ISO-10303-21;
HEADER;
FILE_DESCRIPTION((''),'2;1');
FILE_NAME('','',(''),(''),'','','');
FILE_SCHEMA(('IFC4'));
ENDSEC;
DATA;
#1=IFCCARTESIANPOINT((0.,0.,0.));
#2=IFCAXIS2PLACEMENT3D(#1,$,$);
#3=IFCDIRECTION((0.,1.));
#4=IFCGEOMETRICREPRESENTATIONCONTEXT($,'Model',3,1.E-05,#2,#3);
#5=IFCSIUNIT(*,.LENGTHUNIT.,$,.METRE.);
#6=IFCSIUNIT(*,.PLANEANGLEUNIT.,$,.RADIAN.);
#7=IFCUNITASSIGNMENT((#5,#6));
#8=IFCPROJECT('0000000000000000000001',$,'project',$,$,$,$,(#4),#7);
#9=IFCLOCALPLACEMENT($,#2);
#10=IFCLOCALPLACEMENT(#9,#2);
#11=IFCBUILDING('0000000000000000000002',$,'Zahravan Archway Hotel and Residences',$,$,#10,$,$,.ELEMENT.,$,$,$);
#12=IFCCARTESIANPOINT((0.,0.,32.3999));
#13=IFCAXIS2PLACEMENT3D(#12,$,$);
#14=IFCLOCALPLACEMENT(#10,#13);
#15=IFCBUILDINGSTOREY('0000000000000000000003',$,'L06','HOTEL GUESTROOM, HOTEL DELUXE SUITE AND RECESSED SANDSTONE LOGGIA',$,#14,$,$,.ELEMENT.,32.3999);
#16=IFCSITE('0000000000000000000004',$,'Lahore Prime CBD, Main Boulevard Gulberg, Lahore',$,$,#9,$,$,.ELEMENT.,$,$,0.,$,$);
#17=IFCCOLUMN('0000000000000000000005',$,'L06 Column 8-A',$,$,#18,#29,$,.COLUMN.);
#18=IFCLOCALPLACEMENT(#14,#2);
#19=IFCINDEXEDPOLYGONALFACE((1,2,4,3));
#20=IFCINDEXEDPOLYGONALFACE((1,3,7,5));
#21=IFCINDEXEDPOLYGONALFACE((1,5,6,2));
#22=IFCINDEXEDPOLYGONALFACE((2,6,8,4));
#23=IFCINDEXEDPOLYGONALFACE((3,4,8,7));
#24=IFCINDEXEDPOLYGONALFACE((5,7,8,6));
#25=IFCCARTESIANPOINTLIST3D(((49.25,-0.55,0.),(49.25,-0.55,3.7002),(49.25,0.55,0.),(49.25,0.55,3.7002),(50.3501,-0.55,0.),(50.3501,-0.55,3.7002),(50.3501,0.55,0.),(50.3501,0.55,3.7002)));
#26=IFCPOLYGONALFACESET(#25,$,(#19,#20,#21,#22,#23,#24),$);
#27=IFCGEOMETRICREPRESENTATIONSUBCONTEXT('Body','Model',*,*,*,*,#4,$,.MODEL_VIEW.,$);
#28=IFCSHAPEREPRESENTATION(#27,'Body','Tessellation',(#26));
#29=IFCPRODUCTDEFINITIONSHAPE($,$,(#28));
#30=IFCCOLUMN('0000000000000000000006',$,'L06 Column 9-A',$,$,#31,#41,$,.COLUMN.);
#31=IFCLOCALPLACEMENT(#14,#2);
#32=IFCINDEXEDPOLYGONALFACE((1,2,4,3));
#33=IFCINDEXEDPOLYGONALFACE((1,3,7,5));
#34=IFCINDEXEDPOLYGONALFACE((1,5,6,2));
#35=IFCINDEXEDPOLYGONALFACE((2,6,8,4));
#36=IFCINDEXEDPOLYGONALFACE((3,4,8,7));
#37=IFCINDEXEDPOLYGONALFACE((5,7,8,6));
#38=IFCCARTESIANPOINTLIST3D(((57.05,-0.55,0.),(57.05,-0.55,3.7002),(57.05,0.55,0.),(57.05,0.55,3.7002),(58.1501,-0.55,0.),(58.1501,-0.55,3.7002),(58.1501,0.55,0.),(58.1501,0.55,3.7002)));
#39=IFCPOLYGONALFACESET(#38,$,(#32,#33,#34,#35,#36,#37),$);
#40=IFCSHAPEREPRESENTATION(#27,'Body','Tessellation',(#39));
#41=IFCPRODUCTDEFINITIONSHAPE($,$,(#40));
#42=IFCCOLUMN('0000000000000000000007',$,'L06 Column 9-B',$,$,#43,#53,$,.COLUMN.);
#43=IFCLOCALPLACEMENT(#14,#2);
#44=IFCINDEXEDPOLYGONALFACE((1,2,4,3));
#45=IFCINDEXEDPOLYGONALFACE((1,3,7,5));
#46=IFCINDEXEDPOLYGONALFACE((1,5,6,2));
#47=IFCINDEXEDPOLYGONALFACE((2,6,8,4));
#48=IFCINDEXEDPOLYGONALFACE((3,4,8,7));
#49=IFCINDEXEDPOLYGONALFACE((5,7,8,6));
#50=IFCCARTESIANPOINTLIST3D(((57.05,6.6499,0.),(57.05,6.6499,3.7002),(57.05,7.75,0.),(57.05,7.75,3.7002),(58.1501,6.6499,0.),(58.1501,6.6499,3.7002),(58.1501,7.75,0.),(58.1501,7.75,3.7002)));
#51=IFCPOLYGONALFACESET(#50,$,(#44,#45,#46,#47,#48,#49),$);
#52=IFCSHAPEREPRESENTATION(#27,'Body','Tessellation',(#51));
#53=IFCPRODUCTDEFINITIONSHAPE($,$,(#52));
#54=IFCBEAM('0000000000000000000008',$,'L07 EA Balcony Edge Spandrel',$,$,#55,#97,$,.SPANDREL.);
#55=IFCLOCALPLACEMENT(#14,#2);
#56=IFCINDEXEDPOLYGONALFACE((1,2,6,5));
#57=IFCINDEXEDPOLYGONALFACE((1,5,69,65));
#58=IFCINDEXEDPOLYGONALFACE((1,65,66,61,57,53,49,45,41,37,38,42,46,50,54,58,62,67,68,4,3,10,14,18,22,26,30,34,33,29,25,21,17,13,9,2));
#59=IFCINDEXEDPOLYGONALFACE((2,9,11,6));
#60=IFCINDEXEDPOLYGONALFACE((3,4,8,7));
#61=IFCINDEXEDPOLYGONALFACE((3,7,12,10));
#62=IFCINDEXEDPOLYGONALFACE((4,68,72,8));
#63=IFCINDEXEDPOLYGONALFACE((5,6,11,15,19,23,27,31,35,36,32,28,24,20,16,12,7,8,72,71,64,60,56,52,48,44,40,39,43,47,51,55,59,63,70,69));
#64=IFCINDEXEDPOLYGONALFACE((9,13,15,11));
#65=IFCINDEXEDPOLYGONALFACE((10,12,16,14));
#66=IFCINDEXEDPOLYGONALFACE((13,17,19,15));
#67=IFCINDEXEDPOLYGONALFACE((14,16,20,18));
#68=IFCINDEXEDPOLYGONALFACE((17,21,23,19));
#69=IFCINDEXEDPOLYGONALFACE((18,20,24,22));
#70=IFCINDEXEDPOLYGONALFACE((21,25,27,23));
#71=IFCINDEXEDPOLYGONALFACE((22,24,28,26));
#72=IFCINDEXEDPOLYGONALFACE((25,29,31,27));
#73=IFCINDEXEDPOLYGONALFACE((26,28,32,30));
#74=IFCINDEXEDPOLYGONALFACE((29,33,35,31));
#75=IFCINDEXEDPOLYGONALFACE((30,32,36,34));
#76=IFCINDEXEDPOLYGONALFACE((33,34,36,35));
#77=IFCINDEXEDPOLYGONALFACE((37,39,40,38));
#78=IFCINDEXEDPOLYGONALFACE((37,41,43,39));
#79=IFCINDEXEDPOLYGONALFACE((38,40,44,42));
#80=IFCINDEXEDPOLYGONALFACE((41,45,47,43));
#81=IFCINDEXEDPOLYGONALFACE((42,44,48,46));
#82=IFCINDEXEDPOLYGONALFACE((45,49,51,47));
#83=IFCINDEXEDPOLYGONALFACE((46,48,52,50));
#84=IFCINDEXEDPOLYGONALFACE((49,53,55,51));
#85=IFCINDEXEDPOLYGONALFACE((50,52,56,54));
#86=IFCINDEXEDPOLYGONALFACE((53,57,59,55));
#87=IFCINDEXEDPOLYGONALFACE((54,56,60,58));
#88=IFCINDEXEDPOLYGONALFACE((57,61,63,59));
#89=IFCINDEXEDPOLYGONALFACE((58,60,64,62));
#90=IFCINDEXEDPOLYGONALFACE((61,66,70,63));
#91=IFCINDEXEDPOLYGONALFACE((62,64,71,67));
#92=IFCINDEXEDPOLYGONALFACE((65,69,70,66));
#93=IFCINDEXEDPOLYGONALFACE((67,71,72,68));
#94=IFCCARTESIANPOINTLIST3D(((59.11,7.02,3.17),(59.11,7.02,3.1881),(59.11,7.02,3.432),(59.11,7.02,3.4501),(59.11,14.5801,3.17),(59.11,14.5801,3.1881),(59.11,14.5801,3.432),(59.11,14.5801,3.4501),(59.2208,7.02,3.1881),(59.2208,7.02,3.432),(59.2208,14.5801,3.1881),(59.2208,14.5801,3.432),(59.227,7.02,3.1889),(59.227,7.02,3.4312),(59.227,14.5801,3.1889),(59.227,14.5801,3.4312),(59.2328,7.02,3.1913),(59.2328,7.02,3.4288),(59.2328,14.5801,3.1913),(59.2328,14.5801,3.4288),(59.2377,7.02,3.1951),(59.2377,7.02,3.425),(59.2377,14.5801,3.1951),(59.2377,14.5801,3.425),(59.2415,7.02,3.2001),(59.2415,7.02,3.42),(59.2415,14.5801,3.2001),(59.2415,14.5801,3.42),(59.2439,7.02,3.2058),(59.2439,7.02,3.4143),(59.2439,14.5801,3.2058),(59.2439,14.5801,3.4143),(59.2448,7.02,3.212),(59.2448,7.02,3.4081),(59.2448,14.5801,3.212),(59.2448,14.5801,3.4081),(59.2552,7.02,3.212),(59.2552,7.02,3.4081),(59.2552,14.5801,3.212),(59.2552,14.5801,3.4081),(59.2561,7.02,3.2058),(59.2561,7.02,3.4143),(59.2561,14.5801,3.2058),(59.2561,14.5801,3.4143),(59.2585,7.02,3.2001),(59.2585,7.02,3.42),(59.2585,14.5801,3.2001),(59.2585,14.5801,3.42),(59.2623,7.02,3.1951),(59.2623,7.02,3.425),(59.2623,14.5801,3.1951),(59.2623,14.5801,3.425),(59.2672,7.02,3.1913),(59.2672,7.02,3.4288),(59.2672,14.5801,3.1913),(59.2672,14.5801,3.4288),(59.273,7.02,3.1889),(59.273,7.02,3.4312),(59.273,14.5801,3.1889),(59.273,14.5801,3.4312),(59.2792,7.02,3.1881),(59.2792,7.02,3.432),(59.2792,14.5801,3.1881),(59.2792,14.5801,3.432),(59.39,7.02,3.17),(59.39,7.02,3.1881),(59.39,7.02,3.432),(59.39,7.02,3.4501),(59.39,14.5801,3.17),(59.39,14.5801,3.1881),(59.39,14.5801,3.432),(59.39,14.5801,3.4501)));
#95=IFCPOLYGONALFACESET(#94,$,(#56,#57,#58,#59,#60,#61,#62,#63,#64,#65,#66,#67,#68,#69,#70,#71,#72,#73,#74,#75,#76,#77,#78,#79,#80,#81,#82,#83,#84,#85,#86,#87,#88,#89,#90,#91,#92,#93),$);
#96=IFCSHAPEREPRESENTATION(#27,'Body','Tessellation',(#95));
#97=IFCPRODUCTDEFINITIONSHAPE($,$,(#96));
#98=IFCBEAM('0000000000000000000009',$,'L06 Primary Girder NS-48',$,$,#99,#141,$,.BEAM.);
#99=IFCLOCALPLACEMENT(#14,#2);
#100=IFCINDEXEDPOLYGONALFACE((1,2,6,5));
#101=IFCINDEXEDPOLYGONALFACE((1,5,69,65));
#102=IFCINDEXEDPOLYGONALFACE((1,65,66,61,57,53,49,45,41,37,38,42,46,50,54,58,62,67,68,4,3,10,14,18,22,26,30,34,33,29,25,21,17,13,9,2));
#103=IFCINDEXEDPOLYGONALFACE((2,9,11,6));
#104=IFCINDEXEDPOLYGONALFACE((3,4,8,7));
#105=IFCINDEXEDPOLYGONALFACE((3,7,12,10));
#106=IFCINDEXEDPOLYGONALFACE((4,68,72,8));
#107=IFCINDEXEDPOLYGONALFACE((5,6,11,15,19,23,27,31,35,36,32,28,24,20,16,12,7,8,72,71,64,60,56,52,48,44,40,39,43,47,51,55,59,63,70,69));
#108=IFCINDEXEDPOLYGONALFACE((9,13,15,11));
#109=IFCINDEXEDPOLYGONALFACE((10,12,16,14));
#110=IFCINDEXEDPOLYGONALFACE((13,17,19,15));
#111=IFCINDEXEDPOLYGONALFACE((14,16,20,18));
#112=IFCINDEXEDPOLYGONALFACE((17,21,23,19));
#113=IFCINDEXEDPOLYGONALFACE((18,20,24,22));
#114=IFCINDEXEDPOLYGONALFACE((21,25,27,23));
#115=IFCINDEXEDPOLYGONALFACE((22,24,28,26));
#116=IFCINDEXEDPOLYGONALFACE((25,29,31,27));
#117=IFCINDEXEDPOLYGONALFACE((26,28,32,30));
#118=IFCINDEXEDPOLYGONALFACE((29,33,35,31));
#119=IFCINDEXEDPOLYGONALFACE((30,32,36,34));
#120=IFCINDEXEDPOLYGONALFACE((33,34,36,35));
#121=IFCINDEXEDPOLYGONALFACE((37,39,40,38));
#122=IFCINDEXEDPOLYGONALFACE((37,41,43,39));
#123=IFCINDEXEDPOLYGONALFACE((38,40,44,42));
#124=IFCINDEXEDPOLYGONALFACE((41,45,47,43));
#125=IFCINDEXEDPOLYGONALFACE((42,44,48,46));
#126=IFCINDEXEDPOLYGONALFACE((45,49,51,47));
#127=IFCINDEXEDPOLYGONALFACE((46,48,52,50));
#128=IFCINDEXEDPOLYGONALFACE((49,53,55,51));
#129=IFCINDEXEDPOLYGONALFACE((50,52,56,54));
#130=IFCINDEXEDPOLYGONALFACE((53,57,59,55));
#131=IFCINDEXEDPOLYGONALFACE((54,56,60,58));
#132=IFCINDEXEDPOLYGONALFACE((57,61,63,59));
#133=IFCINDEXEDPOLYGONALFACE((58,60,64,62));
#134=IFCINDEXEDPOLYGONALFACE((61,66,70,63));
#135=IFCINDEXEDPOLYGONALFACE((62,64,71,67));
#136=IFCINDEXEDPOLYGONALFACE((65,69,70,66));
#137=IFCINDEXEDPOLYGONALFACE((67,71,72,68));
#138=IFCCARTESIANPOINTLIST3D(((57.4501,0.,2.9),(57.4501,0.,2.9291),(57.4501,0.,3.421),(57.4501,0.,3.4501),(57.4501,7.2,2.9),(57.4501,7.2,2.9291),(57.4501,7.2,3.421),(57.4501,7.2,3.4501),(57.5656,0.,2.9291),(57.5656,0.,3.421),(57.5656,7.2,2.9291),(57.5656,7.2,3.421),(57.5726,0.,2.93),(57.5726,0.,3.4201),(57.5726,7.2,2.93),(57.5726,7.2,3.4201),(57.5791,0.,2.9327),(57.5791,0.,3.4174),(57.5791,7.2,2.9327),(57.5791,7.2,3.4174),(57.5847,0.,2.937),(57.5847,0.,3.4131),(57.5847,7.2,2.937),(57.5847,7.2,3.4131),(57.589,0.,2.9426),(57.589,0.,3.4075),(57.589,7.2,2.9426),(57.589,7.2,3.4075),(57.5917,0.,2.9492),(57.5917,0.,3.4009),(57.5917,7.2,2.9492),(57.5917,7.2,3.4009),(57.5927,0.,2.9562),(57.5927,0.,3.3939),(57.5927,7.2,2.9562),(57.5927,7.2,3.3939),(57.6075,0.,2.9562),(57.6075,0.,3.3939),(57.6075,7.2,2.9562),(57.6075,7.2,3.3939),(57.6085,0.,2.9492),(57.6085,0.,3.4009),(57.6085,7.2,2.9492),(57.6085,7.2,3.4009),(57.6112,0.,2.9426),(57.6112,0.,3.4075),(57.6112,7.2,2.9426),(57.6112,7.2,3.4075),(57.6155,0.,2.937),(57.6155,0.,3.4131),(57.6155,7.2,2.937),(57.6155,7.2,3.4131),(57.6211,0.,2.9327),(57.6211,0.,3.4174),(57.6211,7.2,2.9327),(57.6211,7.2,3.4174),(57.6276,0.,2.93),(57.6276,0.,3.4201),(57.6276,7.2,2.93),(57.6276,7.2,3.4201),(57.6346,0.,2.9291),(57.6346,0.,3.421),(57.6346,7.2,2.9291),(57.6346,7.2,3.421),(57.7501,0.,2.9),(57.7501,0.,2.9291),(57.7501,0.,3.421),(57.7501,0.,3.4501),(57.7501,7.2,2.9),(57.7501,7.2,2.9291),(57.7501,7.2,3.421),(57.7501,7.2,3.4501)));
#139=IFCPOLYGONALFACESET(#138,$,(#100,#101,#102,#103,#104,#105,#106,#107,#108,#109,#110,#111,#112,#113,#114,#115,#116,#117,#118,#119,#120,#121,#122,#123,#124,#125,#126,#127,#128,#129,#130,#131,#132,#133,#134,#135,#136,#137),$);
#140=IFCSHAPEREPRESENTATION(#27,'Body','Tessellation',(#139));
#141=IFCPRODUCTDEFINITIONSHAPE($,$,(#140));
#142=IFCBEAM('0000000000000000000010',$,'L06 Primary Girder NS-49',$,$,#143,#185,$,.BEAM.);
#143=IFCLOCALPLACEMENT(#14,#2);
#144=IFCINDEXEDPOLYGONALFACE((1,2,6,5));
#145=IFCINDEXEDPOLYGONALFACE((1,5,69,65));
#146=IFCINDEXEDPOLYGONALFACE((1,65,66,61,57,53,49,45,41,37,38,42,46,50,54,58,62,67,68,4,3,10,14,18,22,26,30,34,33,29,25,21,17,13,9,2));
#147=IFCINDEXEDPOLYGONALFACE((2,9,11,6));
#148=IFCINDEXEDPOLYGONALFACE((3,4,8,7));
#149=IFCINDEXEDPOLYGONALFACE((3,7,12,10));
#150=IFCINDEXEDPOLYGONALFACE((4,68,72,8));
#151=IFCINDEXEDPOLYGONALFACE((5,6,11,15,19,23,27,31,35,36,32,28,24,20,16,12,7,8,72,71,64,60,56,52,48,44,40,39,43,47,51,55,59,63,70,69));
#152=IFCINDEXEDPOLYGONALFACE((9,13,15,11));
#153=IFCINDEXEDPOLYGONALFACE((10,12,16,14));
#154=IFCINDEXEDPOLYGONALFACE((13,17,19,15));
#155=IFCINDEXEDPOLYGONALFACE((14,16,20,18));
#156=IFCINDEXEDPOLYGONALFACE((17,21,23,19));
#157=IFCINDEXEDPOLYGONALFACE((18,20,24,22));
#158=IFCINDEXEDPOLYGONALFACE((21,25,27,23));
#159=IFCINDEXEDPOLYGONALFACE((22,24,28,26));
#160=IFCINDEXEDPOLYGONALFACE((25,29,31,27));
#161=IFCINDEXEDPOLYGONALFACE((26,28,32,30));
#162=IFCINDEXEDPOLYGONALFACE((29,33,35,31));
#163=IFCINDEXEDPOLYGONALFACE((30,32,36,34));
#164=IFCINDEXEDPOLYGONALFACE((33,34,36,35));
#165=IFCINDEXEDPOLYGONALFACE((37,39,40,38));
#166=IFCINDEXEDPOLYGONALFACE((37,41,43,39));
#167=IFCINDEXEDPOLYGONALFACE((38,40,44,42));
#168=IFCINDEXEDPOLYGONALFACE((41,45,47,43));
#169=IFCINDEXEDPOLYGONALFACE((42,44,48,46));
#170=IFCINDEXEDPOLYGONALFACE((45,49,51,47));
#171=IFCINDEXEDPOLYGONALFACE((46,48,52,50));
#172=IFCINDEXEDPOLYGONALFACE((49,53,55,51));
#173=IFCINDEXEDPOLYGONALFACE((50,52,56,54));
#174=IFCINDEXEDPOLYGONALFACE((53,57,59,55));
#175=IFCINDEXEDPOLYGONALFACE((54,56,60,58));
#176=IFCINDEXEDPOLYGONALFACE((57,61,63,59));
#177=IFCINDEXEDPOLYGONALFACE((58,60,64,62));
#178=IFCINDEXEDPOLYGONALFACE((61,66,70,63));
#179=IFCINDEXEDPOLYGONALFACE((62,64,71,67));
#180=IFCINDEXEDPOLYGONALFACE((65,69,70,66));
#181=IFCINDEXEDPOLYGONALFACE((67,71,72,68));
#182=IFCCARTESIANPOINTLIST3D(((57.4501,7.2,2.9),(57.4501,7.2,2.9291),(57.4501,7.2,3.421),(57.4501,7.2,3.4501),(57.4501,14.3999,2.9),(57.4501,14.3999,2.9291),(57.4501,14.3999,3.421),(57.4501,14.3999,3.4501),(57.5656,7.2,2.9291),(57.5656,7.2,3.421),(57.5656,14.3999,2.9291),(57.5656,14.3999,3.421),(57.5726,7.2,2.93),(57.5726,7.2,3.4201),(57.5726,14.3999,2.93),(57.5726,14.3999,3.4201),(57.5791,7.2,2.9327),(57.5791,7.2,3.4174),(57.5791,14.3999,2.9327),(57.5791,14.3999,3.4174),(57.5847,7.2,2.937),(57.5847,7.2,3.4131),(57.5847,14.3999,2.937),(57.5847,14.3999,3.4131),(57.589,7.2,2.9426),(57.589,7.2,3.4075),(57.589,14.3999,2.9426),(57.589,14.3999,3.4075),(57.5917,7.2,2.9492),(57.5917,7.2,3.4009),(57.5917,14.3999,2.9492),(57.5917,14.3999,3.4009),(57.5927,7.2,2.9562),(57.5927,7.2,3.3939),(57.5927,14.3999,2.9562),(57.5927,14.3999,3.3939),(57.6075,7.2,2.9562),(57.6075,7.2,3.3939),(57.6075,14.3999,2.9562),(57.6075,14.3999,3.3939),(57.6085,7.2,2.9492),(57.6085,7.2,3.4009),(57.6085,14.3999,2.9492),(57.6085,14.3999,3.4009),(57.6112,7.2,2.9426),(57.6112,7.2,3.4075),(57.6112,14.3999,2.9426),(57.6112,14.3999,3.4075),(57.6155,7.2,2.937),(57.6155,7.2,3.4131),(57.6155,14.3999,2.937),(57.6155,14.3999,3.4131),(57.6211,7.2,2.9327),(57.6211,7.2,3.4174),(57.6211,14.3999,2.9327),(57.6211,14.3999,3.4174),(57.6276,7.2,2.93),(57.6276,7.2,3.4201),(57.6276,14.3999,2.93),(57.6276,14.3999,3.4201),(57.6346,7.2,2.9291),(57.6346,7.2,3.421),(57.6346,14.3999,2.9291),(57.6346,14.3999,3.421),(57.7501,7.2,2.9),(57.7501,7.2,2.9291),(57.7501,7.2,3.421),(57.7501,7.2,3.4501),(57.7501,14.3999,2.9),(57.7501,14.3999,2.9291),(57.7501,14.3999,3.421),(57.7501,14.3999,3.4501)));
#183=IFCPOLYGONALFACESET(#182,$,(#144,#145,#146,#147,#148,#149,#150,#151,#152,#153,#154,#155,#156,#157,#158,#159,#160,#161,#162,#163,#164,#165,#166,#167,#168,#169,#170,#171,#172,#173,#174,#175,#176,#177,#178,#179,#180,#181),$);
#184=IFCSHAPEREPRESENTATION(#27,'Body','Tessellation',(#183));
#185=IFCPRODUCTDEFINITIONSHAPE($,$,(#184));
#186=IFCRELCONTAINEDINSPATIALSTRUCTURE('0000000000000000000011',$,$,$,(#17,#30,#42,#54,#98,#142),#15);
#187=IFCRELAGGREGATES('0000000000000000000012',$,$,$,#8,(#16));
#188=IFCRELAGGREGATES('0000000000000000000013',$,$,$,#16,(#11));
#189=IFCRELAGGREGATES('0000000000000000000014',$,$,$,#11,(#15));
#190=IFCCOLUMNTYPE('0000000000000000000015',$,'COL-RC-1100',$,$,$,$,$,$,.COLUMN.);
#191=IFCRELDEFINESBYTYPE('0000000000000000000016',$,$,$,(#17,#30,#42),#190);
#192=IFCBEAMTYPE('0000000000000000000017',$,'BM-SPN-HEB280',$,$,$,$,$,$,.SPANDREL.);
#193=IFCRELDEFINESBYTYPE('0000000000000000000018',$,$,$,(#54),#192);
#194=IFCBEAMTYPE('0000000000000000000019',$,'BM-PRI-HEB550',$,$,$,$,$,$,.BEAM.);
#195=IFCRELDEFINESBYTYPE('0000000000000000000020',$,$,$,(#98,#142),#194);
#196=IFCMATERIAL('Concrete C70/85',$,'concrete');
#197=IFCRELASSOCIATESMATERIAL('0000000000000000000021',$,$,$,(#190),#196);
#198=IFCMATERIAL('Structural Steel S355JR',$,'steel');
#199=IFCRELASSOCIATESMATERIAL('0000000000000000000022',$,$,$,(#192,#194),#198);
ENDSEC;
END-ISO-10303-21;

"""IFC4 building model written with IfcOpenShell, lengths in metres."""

from ifc_helpers import new_model, si_unit, direction, frame, origin, origin_2d, place, context, subcontext, project, spatial, rectangle, i_section, extrude, source, transform, mapped, material, material_profile, profile_set, type_object, type_shapes, element, save


model = new_model("IFC4")

# Units and contexts
model_context = context("Model", 3, precision=1e-05, world=origin(), true_north=direction((0.0, 1.0)))
body_context = subcontext(model_context, "Body", "Model", "MODEL_VIEW")
ifc_project = project(units=[si_unit("LENGTHUNIT", "METRE"), si_unit("PLANEANGLEUNIT", "RADIAN")], contexts=[model_context])

# Site, building, storey
site_placement = place(None, origin())
site = spatial("IfcSite", under=ifc_project, at=site_placement, Name="Lahore Prime CBD, Main Boulevard Gulberg, Lahore", CompositionType="ELEMENT", RefElevation=0.0)
building_placement = place(site_placement, origin())
building = spatial("IfcBuilding", under=site, at=building_placement, Name="Zahravan Archway Hotel and Residences", CompositionType="ELEMENT")
storey_placement = place(building_placement, frame((0.0, 0.0, 32.3999)))
storey = spatial("IfcBuildingStorey", under=building, at=storey_placement, Name="L06", Description="HOTEL GUESTROOM, HOTEL DELUXE SUITE AND RECESSED SANDSTONE LOGGIA", CompositionType="ELEMENT", Elevation=32.3999)

# Columns
ifc_material_1 = material(Name="Concrete C70/85", Category="concrete")
ifc_material_profile_1 = material_profile(ifc_material_1, rectangle(XDim=1.1001, YDim=1.1001, at=origin_2d()), Name="RC 1100x1100", Category="concrete")
ifc_profile_set_1 = profile_set([ifc_material_profile_1], Name="Concrete C70/85")
column_type = type_object("IfcColumnType", Name="COL-RC-1100", PredefinedType="COLUMN", material=ifc_profile_set_1)
shared_shape_1 = source(origin(), body_context, "Body", "SweptSolid", [
    extrude(rectangle(XDim=1.1001, YDim=1.1001, at=origin_2d()), origin(), (0.0, 0.0, 1.0), 3.7002),
])
for number, where, z_axis, x_axis, name in (
    (1, (49.8, 0.0, 0.0), (0.0, 0.0, 1.0), (1.0, 0.0, 0.0), "L06 Column 8-A"),
    (2, (57.6001, 0.0, 0.0), (0.0, 0.0, 1.0), (1.0, 0.0, 0.0), "L06 Column 9-A"),
    (3, (57.6001, 7.2, 0.0), (0.0, 0.0, 1.0), (1.0, 0.0, 0.0), "L06 Column 9-B"),
):
    element("IfcColumn", number, at=place(storey_placement, frame(where, z_axis=z_axis, x_axis=x_axis)), inside=storey, type_object=column_type, Name=name, PredefinedType="COLUMN", context=body_context, shape_type="MappedRepresentation", body=[
        mapped(shared_shape_1, transform((0.0, 0.0, 0.0), scale=1.0)),
    ])

# Beams
ifc_material_2 = material(Name="Structural Steel S355JR", Category="steel")
ifc_material_profile_2 = material_profile(ifc_material_2, i_section(OverallWidth=0.28, OverallDepth=0.28, WebThickness=0.0105, FlangeThickness=0.0181, FilletRadius=0.0239, at=origin_2d()), Name="HEB 280", Category="steel")
ifc_profile_set_2 = profile_set([ifc_material_profile_2], Name="Structural Steel S355JR")
beam_type_1 = type_object("IfcBeamType", Name="BM-SPN-HEB280", PredefinedType="SPANDREL", material=ifc_profile_set_2)
shared_shape_2 = source(origin(), body_context, "Body", "SweptSolid", [
    extrude(i_section(OverallWidth=0.28, OverallDepth=0.28, WebThickness=0.0105, FlangeThickness=0.0181, FilletRadius=0.0239, at=origin_2d()), origin(), (0.0, 0.0, 1.0), 7.5601),
])
type_shapes(beam_type_1, [shared_shape_2])
beam_1_placement = place(storey_placement, frame((59.25, 7.02, 3.3101), z_axis=(0.0, 1.0, 0.0), x_axis=(-1.0, 0.0, 0.0)))
element("IfcBeam", 4, at=beam_1_placement, inside=storey, type_object=beam_type_1, Name="L07 EA Balcony Edge Spandrel", PredefinedType="SPANDREL", context=body_context, shape_type="MappedRepresentation", body=[
    mapped(shared_shape_2, transform((0.0, 0.0, 0.0), scale=1.0)),
])
ifc_material_profile_3 = material_profile(ifc_material_2, i_section(OverallWidth=0.3, OverallDepth=0.55, WebThickness=0.0149, FlangeThickness=0.0291, FilletRadius=0.0271, at=origin_2d()), Name="HEB 550", Category="steel")
ifc_profile_set_3 = profile_set([ifc_material_profile_3], Name="Structural Steel S355JR")
beam_type_2 = type_object("IfcBeamType", Name="BM-PRI-HEB550", PredefinedType="BEAM", material=ifc_profile_set_3)
shared_shape_3 = source(origin(), body_context, "Body", "SweptSolid", [
    extrude(i_section(OverallWidth=0.3, OverallDepth=0.55, WebThickness=0.0149, FlangeThickness=0.0291, FilletRadius=0.0271, at=origin_2d()), origin(), (0.0, 0.0, 1.0), 7.2),
])
for number, where, z_axis, x_axis, name in (
    (5, (57.6001, 0.0, 3.175), (0.0, 1.0, 0.0), (-1.0, 0.0, 0.0), "L06 Primary Girder NS-48"),
    (6, (57.6001, 7.2, 3.175), (0.0, 1.0, 0.0), (-1.0, 0.0, 0.0), "L06 Primary Girder NS-49"),
):
    element("IfcBeam", number, at=place(storey_placement, frame(where, z_axis=z_axis, x_axis=x_axis)), inside=storey, type_object=beam_type_2, Name=name, PredefinedType="BEAM", context=body_context, shape_type="MappedRepresentation", body=[
        mapped(shared_shape_3, transform((0.0, 0.0, 0.0), scale=1.0)),
    ])

save(model, "model.ifc")
